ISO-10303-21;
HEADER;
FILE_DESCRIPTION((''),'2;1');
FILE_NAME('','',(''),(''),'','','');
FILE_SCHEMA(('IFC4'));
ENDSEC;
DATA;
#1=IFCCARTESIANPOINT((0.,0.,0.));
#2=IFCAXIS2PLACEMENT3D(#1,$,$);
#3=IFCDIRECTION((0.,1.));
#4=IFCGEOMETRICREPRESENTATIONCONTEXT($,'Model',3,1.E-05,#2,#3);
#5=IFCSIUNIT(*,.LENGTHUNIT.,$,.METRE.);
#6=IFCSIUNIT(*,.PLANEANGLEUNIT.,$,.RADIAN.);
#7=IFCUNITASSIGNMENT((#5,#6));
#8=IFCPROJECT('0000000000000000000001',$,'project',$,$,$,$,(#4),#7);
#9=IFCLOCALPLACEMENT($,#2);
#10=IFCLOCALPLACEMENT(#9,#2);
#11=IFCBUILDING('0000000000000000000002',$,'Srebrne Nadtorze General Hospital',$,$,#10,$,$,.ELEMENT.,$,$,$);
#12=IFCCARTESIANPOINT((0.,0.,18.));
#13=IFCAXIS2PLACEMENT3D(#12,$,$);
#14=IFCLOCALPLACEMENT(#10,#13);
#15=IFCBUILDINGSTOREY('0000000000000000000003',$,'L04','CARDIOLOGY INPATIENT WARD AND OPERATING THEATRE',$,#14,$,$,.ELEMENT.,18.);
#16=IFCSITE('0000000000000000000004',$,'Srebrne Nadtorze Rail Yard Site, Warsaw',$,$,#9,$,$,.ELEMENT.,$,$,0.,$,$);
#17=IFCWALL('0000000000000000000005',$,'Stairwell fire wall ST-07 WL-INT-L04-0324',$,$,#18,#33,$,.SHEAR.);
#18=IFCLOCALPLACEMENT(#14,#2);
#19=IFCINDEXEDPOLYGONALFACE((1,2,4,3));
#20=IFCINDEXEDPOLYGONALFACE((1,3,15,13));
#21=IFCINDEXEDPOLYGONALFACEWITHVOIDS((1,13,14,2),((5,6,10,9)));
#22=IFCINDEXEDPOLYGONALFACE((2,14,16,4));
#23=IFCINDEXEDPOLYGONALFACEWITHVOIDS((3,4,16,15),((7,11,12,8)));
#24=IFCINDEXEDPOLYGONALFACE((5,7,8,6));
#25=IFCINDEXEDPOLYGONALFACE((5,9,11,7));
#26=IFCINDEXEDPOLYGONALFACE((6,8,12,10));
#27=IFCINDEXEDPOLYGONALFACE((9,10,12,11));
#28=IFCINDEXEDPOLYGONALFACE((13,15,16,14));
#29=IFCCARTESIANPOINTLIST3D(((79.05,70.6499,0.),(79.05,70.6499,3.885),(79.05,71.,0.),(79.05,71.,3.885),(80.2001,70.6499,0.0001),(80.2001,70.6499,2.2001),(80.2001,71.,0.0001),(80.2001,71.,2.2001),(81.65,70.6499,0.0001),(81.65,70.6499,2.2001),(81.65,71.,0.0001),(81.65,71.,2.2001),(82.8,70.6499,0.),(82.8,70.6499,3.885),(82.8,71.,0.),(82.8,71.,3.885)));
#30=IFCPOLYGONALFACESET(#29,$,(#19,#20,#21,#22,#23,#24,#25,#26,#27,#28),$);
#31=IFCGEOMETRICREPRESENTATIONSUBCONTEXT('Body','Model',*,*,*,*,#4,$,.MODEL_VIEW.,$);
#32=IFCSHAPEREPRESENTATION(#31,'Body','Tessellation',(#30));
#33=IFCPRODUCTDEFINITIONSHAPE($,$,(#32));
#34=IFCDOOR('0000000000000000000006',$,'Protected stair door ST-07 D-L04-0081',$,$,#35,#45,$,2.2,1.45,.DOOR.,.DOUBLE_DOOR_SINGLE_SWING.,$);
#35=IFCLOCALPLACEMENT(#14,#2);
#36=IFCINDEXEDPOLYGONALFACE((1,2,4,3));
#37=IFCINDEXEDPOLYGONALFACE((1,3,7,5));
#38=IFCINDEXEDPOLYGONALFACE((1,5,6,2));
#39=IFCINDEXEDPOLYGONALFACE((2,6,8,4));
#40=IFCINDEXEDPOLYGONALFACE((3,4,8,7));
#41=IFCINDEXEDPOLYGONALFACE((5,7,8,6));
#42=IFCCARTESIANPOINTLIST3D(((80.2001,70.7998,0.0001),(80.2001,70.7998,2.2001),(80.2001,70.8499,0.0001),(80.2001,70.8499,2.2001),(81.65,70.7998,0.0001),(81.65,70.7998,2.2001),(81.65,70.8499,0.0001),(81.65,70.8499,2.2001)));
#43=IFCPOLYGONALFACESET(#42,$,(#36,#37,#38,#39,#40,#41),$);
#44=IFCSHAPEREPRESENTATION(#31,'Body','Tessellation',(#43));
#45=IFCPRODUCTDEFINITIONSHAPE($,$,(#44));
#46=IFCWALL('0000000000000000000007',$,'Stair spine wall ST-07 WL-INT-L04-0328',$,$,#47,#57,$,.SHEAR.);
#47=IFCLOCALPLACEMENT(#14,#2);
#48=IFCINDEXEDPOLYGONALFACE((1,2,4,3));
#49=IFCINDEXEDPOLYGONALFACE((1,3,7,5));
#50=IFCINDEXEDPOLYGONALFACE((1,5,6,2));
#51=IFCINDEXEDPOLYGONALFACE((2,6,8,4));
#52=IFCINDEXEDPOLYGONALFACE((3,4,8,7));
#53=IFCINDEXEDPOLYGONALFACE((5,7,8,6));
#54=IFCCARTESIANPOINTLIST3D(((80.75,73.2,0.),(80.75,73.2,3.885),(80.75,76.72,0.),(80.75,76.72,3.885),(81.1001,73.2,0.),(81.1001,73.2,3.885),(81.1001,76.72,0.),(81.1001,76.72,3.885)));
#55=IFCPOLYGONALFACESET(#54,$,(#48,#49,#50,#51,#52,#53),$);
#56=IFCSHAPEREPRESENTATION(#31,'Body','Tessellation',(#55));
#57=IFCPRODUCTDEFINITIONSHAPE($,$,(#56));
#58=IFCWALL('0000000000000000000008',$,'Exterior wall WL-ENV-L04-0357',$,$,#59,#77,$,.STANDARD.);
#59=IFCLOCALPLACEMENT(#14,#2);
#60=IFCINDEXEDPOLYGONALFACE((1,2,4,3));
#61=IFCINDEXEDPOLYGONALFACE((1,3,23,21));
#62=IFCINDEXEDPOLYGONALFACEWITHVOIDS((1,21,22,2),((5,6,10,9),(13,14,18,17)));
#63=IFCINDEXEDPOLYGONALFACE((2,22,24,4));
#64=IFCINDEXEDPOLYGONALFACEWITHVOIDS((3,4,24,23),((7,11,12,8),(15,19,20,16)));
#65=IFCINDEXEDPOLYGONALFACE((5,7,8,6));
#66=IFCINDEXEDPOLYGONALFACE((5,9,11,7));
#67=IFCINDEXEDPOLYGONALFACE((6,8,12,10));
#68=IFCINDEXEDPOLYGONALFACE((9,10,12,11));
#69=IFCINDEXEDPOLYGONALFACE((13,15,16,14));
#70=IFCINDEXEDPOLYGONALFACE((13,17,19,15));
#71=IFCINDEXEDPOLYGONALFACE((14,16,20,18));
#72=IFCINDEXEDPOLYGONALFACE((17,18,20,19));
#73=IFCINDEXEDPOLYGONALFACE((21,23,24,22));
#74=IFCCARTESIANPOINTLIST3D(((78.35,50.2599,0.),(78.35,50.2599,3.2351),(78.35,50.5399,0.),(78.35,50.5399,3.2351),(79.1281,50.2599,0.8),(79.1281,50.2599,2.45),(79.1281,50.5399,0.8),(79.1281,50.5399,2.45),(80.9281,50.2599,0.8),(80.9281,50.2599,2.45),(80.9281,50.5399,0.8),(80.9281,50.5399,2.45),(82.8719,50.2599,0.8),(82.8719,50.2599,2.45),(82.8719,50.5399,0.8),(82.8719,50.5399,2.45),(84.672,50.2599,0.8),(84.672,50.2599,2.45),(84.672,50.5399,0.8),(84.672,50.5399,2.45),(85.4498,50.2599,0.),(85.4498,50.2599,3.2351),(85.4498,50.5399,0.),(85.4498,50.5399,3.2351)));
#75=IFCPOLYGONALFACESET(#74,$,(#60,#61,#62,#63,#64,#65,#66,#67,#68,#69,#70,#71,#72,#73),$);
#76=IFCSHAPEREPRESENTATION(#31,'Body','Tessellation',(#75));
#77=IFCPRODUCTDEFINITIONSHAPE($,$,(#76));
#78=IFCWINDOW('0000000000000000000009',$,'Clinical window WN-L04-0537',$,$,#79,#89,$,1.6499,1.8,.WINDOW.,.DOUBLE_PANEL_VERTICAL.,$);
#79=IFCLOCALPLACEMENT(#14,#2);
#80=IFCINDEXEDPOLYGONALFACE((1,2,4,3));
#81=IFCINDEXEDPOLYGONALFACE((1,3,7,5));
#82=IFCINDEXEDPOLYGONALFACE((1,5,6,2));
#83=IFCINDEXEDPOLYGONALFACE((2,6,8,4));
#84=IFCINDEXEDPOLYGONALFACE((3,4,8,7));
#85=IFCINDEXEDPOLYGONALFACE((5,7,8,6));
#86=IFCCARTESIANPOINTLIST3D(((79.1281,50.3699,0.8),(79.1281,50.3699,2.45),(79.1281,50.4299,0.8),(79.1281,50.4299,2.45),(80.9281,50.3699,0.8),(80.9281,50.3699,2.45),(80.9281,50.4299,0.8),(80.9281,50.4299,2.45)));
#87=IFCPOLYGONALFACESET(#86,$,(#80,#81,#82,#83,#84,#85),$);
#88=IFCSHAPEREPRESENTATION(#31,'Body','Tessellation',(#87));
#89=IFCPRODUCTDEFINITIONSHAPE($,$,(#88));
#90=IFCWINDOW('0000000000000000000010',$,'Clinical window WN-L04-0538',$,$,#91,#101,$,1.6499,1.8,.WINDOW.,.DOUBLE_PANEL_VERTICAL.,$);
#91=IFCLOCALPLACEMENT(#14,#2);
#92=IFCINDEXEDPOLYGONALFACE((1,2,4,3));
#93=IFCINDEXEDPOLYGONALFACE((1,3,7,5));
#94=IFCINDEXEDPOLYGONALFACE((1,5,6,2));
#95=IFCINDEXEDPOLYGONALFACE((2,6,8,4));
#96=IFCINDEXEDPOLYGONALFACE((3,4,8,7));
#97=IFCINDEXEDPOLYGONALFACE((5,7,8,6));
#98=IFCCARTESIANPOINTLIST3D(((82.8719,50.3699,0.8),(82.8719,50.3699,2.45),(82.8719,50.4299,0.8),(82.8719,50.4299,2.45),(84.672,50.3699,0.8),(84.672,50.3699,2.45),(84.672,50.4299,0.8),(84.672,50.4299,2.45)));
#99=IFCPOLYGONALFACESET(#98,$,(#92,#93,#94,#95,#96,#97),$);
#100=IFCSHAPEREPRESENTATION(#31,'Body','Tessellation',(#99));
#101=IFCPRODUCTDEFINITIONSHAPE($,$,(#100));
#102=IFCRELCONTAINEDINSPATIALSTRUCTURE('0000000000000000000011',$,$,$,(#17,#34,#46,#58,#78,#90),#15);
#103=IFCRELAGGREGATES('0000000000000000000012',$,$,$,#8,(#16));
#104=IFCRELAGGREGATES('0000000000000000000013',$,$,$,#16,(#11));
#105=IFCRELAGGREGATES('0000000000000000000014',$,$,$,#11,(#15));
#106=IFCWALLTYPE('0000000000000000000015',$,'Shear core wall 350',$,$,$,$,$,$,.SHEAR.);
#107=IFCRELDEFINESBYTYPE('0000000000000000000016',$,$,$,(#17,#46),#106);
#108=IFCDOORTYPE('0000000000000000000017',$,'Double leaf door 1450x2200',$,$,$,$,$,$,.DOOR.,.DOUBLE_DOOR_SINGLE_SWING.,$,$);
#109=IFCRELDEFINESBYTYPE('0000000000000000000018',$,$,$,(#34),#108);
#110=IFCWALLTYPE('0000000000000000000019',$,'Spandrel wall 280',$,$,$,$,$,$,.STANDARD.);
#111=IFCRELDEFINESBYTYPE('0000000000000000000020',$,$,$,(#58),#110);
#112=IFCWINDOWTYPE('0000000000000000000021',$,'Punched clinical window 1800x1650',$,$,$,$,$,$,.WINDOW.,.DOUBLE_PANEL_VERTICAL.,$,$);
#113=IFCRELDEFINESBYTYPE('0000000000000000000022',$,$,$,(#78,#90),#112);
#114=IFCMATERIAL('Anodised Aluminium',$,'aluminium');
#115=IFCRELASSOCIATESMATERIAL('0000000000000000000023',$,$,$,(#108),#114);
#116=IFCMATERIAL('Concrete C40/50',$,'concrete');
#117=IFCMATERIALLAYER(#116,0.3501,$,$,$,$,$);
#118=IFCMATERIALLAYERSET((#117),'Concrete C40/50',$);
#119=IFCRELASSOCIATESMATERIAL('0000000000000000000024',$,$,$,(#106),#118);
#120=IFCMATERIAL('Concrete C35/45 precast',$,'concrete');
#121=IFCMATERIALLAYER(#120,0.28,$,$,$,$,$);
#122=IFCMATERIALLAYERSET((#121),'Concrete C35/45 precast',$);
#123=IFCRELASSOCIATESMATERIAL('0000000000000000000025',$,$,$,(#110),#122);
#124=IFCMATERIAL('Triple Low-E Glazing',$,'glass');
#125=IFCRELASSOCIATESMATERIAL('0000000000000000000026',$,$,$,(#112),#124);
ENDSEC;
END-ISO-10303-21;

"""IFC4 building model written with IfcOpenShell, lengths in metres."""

from ifc_helpers import new_model, si_unit, direction, frame, frame_2d, origin, place, context, subcontext, project, spatial, rectangle, extrude, material, layer, layer_set, type_object, element, fill, save


model = new_model("IFC4")

# Units and contexts
model_context = context("Model", 3, precision=1e-05, world=origin(), true_north=direction((0.0, 1.0)))
body_context = subcontext(model_context, "Body", "Model", "MODEL_VIEW")
ifc_project = project(units=[si_unit("LENGTHUNIT", "METRE"), si_unit("PLANEANGLEUNIT", "RADIAN")], contexts=[model_context])

# Site, building, storey
site_placement = place(None, origin())
site = spatial("IfcSite", under=ifc_project, at=site_placement, Name="Srebrne Nadtorze Rail Yard Site, Warsaw", CompositionType="ELEMENT", RefElevation=0.0)
building_placement = place(site_placement, origin())
building = spatial("IfcBuilding", under=site, at=building_placement, Name="Srebrne Nadtorze General Hospital", CompositionType="ELEMENT")
storey_placement = place(building_placement, frame((0.0, 0.0, 18.0)))
storey = spatial("IfcBuildingStorey", under=building, at=storey_placement, Name="L04", Description="CARDIOLOGY INPATIENT WARD AND OPERATING THEATRE", CompositionType="ELEMENT", Elevation=18.0)

# Shared definitions
ifc_material_1 = material(Name="Anodised Aluminium", Category="aluminium")
door_type = type_object("IfcDoorType", Name="Double leaf door 1450x2200", OperationType="DOUBLE_DOOR_SINGLE_SWING", PredefinedType="DOOR", material=ifc_material_1)

# Shared definitions
ifc_material_2 = material(Name="Concrete C40/50", Category="concrete")
ifc_layer_1 = layer(ifc_material_2, 0.3501)
ifc_layer_set_1 = layer_set([ifc_layer_1], Name="Concrete C40/50")
wall_type_1 = type_object("IfcWallType", Name="Shear core wall 350", PredefinedType="SHEAR", material=ifc_layer_set_1)

# Wall, opening, door
wall_1_placement = place(storey_placement, frame((79.05, 70.825, 0.0), z_axis=(0.0, 0.0, 1.0), x_axis=(1.0, 0.0, 0.0)))
wall_1 = element("IfcWall", 1, at=wall_1_placement, inside=storey, type_object=wall_type_1, Name="Stairwell fire wall ST-07 WL-INT-L04-0324", PredefinedType="SHEAR", context=body_context, shape_type="SweptSolid", body=[
    extrude(rectangle(XDim=3.75, YDim=0.3501, at=frame_2d((1.875, 0.0))), origin(), (0.0, 0.0, 1.0), 3.885),
])
opening_1_placement = place(wall_1_placement, frame((1.1499, 0.0, 0.0)))
opening_1 = element("IfcOpeningElement", 2, at=opening_1_placement, cuts=wall_1, PredefinedType="OPENING", context=body_context, shape_type="SweptSolid", body=[
    extrude(rectangle(XDim=1.45, YDim=2.2, at=frame_2d((0.7251, 1.1001))), frame((0.0, 0.187, 0.0), z_axis=(0.0, -1.0, 0.0), x_axis=(1.0, 0.0, 0.0)), (0.0, 0.0, 1.0), 0.374),
])
door_1_placement = place(opening_1_placement, origin())
door_1 = element("IfcDoor", 3, at=door_1_placement, inside=storey, type_object=door_type, Name="Protected stair door ST-07 D-L04-0081", OperationType="DOUBLE_DOOR_SINGLE_SWING", OverallHeight=2.2, OverallWidth=1.45, PredefinedType="DOOR", context=body_context, shape_type="SweptSolid", body=[
    extrude(rectangle(XDim=1.45, YDim=2.2, at=frame_2d((0.7251, 1.1001))), frame((0.0, 0.0249, 0.0), z_axis=(0.0, -1.0, 0.0), x_axis=(1.0, 0.0, 0.0)), (0.0, 0.0, 1.0), 0.05),
])
fill(opening_1, door_1)

# Wall
wall_2_placement = place(storey_placement, frame((80.925, 73.2, 0.0), z_axis=(0.0, 0.0, 1.0), x_axis=(0.0, 1.0, 0.0)))
element("IfcWall", 4, at=wall_2_placement, inside=storey, type_object=wall_type_1, Name="Stair spine wall ST-07 WL-INT-L04-0328", PredefinedType="SHEAR", context=body_context, shape_type="SweptSolid", body=[
    extrude(rectangle(XDim=3.52, YDim=0.3501, at=frame_2d((1.76, 0.0))), origin(), (0.0, 0.0, 1.0), 3.885),
])

# Wall, openings, windows
ifc_material_3 = material(Name="Concrete C35/45 precast", Category="concrete")
ifc_layer_2 = layer(ifc_material_3, 0.28)
ifc_layer_set_2 = layer_set([ifc_layer_2], Name="Concrete C35/45 precast")
wall_type_2 = type_object("IfcWallType", Name="Spandrel wall 280", PredefinedType="STANDARD", material=ifc_layer_set_2)
wall_3_placement = place(storey_placement, frame((78.3501, 50.3999, 0.0), z_axis=(0.0, 0.0, 1.0), x_axis=(1.0, 0.0, 0.0)))
wall_3 = element("IfcWall", 5, at=wall_3_placement, inside=storey, type_object=wall_type_2, Name="Exterior wall WL-ENV-L04-0357", PredefinedType="STANDARD", context=body_context, shape_type="SweptSolid", body=[
    extrude(rectangle(XDim=7.0999, YDim=0.28, at=frame_2d((3.5498, 0.0))), origin(), (0.0, 0.0, 1.0), 3.2351),
])
opening_2_placement = place(wall_3_placement, frame((0.7781, 0.0, 0.8)))
opening_2 = element("IfcOpeningElement", 6, at=opening_2_placement, cuts=wall_3, PredefinedType="OPENING", context=body_context, shape_type="SweptSolid", body=[
    extrude(rectangle(XDim=1.8, YDim=1.6499, at=frame_2d((0.8999, 0.825))), frame((0.0, 0.1519, 0.0), z_axis=(0.0, -1.0, 0.0), x_axis=(1.0, 0.0, 0.0)), (0.0, 0.0, 1.0), 0.304),
])
opening_3_placement = place(wall_3_placement, frame((4.522, 0.0, 0.8)))
opening_3 = element("IfcOpeningElement", 7, at=opening_3_placement, cuts=wall_3, PredefinedType="OPENING", context=body_context, shape_type="SweptSolid", body=[
    extrude(rectangle(XDim=1.8, YDim=1.6499, at=frame_2d((0.8999, 0.825))), frame((0.0, 0.1519, 0.0), z_axis=(0.0, -1.0, 0.0), x_axis=(1.0, 0.0, 0.0)), (0.0, 0.0, 1.0), 0.304),
])
ifc_material_4 = material(Name="Triple Low-E Glazing", Category="glass")
window_type = type_object("IfcWindowType", Name="Punched clinical window 1800x1650", PartitioningType="DOUBLE_PANEL_VERTICAL", PredefinedType="WINDOW", material=ifc_material_4)
window_1_placement = place(opening_2_placement, origin())
window_1 = element("IfcWindow", 8, at=window_1_placement, inside=storey, type_object=window_type, Name="Clinical window WN-L04-0537", OverallHeight=1.6499, OverallWidth=1.8, PartitioningType="DOUBLE_PANEL_VERTICAL", PredefinedType="WINDOW", context=body_context, shape_type="SweptSolid", body=[
    extrude(rectangle(XDim=1.8, YDim=1.6499, at=frame_2d((0.8999, 0.825))), frame((0.0, 0.03, 0.0), z_axis=(0.0, -1.0, 0.0), x_axis=(1.0, 0.0, 0.0)), (0.0, 0.0, 1.0), 0.0601),
])
fill(opening_2, window_1)
window_2_placement = place(opening_3_placement, origin())
window_2 = element("IfcWindow", 9, at=window_2_placement, inside=storey, type_object=window_type, Name="Clinical window WN-L04-0538", OverallHeight=1.6499, OverallWidth=1.8, PartitioningType="DOUBLE_PANEL_VERTICAL", PredefinedType="WINDOW", context=body_context, shape_type="SweptSolid", body=[
    extrude(rectangle(XDim=1.8, YDim=1.6499, at=frame_2d((0.8999, 0.825))), frame((0.0, 0.03, 0.0), z_axis=(0.0, -1.0, 0.0), x_axis=(1.0, 0.0, 0.0)), (0.0, 0.0, 1.0), 0.0601),
])
fill(opening_3, window_2)

save(model, "model.ifc")
